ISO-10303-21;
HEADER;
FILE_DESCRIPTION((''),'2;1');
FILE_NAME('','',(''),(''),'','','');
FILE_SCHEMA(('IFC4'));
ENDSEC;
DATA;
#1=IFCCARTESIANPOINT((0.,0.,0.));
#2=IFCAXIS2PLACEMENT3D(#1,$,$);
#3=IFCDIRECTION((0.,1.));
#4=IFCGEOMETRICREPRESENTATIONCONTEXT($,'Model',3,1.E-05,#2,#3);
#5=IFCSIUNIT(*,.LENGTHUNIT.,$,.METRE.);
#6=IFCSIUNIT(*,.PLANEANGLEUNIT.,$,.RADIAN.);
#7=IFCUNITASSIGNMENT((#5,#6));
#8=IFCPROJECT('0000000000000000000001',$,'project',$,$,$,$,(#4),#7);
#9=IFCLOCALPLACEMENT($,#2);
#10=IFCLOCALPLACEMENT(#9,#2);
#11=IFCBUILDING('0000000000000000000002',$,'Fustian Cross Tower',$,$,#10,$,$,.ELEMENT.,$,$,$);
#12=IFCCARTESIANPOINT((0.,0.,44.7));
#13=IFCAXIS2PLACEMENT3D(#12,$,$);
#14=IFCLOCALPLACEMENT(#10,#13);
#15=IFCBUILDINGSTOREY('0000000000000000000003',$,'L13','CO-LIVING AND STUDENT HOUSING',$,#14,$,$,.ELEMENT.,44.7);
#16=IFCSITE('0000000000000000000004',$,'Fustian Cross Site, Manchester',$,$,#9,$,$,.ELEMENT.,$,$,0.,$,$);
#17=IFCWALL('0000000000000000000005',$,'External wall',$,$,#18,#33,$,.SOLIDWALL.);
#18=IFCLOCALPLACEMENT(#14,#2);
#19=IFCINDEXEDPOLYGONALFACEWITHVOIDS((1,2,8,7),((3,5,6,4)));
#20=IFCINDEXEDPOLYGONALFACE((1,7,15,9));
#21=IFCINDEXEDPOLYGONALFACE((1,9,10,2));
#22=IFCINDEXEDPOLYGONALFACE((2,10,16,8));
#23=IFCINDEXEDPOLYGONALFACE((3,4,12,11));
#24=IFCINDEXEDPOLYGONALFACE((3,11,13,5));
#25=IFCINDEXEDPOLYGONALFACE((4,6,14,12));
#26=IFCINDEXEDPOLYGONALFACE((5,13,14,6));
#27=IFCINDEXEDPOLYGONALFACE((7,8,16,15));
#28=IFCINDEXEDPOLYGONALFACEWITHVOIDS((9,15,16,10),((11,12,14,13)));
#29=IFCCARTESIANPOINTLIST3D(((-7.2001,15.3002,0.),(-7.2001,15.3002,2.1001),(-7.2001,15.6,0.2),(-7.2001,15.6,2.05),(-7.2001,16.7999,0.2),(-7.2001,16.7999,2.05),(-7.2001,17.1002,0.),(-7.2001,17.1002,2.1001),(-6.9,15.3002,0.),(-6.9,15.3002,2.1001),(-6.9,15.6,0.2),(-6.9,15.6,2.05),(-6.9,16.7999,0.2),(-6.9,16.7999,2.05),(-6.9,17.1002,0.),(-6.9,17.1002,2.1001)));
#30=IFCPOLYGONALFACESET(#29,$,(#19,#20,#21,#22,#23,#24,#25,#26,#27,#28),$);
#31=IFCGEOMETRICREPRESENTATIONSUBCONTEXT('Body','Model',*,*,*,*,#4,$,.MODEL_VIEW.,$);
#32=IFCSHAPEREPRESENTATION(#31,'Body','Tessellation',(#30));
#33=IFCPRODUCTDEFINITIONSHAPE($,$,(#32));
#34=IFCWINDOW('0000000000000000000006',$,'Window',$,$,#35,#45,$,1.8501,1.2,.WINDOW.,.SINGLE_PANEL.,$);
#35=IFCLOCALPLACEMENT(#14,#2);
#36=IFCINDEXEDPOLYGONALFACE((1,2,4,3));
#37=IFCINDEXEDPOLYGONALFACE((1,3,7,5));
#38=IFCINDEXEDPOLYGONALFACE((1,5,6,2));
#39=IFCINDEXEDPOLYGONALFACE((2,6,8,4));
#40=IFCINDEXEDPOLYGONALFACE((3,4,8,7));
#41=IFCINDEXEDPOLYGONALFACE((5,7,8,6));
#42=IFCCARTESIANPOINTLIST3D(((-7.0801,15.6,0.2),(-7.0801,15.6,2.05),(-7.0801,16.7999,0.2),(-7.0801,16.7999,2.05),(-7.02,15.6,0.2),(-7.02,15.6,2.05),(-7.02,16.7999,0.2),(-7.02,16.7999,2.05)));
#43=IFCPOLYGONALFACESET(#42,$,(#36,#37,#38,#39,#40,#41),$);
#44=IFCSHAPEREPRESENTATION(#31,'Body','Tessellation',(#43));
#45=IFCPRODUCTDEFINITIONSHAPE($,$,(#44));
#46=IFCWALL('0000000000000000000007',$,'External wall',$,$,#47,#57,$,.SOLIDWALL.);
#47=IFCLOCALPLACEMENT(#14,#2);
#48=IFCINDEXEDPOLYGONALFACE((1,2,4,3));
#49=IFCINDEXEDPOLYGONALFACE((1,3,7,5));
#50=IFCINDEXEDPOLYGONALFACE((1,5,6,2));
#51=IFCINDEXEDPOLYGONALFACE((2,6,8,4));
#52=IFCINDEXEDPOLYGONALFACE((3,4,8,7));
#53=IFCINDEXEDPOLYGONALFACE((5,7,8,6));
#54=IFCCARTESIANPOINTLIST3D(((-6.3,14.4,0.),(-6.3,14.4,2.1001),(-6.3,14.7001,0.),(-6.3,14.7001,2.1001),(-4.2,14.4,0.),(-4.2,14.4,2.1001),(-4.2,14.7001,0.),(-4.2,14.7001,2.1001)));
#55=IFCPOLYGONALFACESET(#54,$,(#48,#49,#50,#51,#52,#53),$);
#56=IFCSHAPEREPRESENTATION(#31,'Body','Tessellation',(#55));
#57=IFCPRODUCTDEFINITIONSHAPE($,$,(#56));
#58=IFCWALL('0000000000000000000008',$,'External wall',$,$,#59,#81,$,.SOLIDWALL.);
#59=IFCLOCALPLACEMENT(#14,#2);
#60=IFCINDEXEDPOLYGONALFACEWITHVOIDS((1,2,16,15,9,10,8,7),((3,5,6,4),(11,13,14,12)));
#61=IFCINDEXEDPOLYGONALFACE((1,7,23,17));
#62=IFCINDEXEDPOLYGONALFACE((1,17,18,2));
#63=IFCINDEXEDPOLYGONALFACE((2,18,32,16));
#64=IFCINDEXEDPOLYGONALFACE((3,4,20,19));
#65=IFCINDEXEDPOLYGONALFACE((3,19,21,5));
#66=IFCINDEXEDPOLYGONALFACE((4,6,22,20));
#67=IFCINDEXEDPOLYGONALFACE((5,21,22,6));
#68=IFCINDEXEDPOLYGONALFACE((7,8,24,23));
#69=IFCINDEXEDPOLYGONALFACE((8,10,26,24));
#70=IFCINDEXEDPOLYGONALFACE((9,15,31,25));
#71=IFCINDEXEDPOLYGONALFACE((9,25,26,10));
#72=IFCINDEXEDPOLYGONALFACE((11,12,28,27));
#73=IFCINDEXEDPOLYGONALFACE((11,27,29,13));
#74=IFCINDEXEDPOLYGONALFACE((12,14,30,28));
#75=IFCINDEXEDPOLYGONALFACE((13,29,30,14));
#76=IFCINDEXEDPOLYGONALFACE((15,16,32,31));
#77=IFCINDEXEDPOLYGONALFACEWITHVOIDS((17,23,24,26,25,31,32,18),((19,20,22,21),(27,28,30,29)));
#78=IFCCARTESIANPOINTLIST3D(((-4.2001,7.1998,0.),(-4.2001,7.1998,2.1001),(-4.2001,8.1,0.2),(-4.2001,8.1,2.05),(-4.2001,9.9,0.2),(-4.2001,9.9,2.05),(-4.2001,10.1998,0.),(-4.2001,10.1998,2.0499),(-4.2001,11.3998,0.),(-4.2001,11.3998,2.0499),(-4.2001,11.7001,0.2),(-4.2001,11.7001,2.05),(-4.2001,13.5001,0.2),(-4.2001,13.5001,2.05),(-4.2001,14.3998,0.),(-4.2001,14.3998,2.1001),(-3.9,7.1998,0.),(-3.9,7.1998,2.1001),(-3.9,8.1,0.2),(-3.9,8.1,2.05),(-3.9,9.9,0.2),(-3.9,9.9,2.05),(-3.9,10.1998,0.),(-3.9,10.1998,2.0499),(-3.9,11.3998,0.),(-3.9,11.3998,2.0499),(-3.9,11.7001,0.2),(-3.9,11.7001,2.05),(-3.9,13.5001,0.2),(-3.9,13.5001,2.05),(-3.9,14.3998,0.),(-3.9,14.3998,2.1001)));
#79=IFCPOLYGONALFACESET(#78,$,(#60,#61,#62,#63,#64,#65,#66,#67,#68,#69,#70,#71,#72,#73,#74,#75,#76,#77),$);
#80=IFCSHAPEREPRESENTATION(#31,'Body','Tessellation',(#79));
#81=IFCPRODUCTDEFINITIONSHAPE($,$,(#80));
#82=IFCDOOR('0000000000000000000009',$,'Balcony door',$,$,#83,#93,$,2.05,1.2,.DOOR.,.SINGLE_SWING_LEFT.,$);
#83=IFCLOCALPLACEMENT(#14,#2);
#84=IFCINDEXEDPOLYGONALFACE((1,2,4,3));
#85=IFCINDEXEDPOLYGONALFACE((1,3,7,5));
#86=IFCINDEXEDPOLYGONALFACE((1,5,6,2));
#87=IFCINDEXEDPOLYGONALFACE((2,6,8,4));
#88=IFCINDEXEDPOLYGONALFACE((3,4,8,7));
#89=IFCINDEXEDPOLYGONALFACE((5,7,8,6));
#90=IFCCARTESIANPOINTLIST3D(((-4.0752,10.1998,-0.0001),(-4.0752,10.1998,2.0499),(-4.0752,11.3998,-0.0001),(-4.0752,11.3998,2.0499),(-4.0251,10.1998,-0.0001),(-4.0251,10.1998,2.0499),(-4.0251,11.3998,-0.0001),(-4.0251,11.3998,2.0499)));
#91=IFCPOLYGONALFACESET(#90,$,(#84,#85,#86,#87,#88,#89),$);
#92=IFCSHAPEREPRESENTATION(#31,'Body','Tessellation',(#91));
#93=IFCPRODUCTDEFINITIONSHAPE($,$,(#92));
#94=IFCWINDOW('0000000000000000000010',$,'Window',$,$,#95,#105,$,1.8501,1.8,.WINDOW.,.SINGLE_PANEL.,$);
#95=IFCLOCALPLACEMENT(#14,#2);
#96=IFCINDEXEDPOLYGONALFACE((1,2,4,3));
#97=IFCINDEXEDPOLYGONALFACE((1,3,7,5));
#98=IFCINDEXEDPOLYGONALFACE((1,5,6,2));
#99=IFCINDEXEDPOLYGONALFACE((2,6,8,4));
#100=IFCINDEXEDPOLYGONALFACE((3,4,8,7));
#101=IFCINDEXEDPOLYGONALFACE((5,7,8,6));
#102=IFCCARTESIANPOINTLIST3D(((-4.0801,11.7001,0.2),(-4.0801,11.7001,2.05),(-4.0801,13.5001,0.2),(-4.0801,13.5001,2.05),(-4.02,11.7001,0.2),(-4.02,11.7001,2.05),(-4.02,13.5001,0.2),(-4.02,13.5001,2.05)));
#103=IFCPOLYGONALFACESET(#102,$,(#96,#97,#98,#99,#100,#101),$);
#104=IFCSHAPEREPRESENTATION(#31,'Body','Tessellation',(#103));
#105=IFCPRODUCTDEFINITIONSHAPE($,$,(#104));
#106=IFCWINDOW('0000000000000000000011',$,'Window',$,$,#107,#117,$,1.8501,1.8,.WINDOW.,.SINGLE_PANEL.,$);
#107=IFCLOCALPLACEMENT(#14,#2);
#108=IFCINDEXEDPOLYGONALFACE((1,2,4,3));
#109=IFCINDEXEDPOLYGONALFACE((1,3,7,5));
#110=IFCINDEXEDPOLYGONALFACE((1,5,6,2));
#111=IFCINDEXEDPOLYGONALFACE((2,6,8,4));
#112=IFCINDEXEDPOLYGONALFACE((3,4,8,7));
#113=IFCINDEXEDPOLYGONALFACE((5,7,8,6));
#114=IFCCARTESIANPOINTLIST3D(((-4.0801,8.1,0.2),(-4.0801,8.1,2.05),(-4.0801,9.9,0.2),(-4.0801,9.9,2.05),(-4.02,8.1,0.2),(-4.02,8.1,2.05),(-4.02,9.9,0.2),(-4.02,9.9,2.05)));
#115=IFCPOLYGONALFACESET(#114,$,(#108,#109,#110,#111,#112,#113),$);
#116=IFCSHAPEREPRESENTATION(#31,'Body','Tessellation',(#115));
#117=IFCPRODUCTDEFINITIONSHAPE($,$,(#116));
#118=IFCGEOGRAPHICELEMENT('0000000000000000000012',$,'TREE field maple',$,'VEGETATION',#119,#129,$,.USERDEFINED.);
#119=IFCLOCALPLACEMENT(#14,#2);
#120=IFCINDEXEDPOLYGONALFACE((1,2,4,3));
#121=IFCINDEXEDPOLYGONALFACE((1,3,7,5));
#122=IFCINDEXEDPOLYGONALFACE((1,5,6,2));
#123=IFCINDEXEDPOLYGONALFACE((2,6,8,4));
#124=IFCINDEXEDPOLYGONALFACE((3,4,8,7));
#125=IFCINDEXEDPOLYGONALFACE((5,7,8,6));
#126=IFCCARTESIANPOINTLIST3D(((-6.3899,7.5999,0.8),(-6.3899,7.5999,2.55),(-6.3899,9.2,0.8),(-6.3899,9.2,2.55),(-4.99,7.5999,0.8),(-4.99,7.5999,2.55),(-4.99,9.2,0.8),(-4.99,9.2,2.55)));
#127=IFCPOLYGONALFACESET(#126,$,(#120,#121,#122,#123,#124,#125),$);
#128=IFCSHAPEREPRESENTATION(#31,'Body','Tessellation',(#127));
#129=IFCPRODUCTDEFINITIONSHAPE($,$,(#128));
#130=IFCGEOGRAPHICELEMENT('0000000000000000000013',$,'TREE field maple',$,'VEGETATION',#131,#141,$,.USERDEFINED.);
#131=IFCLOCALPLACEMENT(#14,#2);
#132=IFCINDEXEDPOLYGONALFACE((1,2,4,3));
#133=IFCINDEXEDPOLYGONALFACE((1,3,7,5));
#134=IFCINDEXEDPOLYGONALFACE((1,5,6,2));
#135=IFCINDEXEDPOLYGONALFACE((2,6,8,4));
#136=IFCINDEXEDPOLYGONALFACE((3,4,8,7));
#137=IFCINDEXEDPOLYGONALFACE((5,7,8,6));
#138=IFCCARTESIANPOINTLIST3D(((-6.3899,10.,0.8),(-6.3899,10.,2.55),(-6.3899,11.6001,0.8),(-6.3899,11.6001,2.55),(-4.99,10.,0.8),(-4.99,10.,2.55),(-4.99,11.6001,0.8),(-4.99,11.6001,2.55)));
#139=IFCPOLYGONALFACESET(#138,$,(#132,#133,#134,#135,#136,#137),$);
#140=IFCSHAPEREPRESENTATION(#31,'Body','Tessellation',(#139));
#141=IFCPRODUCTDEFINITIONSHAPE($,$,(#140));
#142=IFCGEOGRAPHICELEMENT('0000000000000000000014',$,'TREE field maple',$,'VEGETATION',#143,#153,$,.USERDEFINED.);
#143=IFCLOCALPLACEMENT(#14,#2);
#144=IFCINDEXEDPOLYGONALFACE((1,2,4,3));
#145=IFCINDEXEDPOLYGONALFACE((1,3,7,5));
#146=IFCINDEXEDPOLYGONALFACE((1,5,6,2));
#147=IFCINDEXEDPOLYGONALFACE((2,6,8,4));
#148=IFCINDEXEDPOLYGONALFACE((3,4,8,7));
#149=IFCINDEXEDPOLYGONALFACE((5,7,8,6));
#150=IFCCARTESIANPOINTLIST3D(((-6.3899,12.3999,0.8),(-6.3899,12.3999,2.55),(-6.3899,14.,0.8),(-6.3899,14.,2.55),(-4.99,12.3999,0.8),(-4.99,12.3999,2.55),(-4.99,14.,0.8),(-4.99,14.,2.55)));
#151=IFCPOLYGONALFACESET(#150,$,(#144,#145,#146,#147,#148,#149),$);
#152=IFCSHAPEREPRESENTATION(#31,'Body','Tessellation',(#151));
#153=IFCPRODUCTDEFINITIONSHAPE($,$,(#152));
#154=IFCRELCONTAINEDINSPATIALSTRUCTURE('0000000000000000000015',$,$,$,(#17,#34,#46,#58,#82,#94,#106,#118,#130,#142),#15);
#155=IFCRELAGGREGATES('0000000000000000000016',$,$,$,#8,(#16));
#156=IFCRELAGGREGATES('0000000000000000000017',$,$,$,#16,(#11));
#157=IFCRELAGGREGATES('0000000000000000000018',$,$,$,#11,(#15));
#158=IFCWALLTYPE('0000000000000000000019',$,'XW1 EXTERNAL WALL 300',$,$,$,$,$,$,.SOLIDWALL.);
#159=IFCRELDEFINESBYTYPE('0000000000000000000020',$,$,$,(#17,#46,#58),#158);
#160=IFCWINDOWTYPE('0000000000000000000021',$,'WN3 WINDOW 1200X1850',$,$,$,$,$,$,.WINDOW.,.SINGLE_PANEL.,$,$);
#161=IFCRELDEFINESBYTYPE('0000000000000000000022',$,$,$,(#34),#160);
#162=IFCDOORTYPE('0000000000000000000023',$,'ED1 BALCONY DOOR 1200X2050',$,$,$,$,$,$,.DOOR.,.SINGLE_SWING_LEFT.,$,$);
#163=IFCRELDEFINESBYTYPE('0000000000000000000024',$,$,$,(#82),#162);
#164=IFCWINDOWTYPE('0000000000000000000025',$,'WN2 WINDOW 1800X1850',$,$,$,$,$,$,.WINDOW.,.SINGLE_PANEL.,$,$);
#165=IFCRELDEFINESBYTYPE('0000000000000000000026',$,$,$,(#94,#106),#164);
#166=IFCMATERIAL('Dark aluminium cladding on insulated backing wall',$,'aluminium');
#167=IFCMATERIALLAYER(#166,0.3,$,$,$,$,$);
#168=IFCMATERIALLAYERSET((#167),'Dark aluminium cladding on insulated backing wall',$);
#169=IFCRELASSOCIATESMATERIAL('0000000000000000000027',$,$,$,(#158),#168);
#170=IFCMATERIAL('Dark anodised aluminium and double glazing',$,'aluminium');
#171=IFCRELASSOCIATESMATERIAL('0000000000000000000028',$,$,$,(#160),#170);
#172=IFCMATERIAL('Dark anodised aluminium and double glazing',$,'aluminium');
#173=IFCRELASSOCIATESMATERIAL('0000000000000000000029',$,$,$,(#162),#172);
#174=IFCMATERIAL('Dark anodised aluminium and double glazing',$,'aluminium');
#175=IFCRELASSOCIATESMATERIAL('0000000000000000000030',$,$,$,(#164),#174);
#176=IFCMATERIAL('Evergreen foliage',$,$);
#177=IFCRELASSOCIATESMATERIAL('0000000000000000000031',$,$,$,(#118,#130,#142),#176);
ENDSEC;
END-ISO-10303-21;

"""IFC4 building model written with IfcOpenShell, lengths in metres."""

from ifc_helpers import new_model, si_unit, direction, frame, frame_2d, origin, origin_2d, place, context, subcontext, project, spatial, rectangle, extrude, material, layer, layer_set, type_object, element, fill, save


model = new_model("IFC4")

# Units and contexts
model_context = context("Model", 3, precision=1e-05, world=origin(), true_north=direction((0.0, 1.0)))
body_context = subcontext(model_context, "Body", "Model", "MODEL_VIEW")
ifc_project = project(units=[si_unit("LENGTHUNIT", "METRE"), si_unit("PLANEANGLEUNIT", "RADIAN")], contexts=[model_context])

# Site, building, storey
site_placement = place(None, origin())
site = spatial("IfcSite", under=ifc_project, at=site_placement, Name="Fustian Cross Site, Manchester", CompositionType="ELEMENT", RefElevation=0.0)
building_placement = place(site_placement, origin())
building = spatial("IfcBuilding", under=site, at=building_placement, Name="Fustian Cross Tower", CompositionType="ELEMENT")
storey_placement = place(building_placement, frame((0.0, 0.0, 44.7)))
storey = spatial("IfcBuildingStorey", under=building, at=storey_placement, Name="L13", Description="CO-LIVING AND STUDENT HOUSING", CompositionType="ELEMENT", Elevation=44.7)

# Wall, opening, window
ifc_material_1 = material(Name="Dark aluminium cladding on insulated backing wall", Category="aluminium")
ifc_layer_1 = layer(ifc_material_1, 0.3)
ifc_layer_set_1 = layer_set([ifc_layer_1], Name="Dark aluminium cladding on insulated backing wall")
wall_type_1 = type_object("IfcWallType", Name="XW1 EXTERNAL WALL 300", PredefinedType="SOLIDWALL", material=ifc_layer_set_1)
wall_1_placement = place(storey_placement, frame((-7.05, 17.1001, 0.0), z_axis=(0.0, 0.0, 1.0), x_axis=(0.0, -1.0, 0.0)))
wall_1 = element("IfcWall", 1, at=wall_1_placement, inside=storey, type_object=wall_type_1, Name="External wall", PredefinedType="SOLIDWALL", context=body_context, shape_type="SweptSolid", body=[
    extrude(rectangle(XDim=1.8, YDim=0.3, at=frame_2d((0.8999, 0.0))), origin(), (0.0, 0.0, 1.0), 2.1001),
])
opening_1_placement = place(wall_1_placement, frame((0.3, 0.0, 0.2)))
opening_1 = element("IfcOpeningElement", 2, at=opening_1_placement, cuts=wall_1, PredefinedType="OPENING", context=body_context, shape_type="SweptSolid", body=[
    extrude(rectangle(XDim=1.2, YDim=1.8501, at=frame_2d((0.6001, 0.925))), frame((0.0, 0.1599, 0.0), z_axis=(0.0, -1.0, 0.0), x_axis=(1.0, 0.0, 0.0)), (0.0, 0.0, 1.0), 0.3201),
])
ifc_material_2 = material(Name="Dark anodised aluminium and double glazing", Category="aluminium")
window_type_1 = type_object("IfcWindowType", Name="WN3 WINDOW 1200X1850", PartitioningType="SINGLE_PANEL", PredefinedType="WINDOW", material=ifc_material_2)
window_1_placement = place(opening_1_placement, origin())
window_1 = element("IfcWindow", 3, at=window_1_placement, inside=storey, type_object=window_type_1, Name="Window", OverallHeight=1.8501, OverallWidth=1.2, PartitioningType="SINGLE_PANEL", PredefinedType="WINDOW", context=body_context, shape_type="SweptSolid", body=[
    extrude(rectangle(XDim=1.2, YDim=1.8501, at=frame_2d((0.6001, 0.925))), frame((0.0, 0.03, 0.0), z_axis=(0.0, -1.0, 0.0), x_axis=(1.0, 0.0, 0.0)), (0.0, 0.0, 1.0), 0.0601),
])
fill(opening_1, window_1)

# Wall
wall_2_placement = place(storey_placement, frame((-6.3, 14.55, 0.0), z_axis=(0.0, 0.0, 1.0), x_axis=(1.0, 0.0, 0.0)))
element("IfcWall", 4, at=wall_2_placement, inside=storey, type_object=wall_type_1, Name="External wall", PredefinedType="SOLIDWALL", context=body_context, shape_type="SweptSolid", body=[
    extrude(rectangle(XDim=2.1001, YDim=0.3, at=frame_2d((1.05, 0.0))), origin(), (0.0, 0.0, 1.0), 2.1001),
])

# Wall, openings, door, windows
wall_3_placement = place(storey_placement, frame((-4.05, 14.3999, 0.0), z_axis=(0.0, 0.0, 1.0), x_axis=(0.0, -1.0, 0.0)))
wall_3 = element("IfcWall", 5, at=wall_3_placement, inside=storey, type_object=wall_type_1, Name="External wall", PredefinedType="SOLIDWALL", context=body_context, shape_type="SweptSolid", body=[
    extrude(rectangle(XDim=7.2, YDim=0.3, at=frame_2d((3.6001, 0.0))), origin(), (0.0, 0.0, 1.0), 2.1001),
])
opening_2_placement = place(wall_3_placement, frame((3.0, 0.0, 0.0)))
opening_2 = element("IfcOpeningElement", 6, at=opening_2_placement, cuts=wall_3, PredefinedType="OPENING", context=body_context, shape_type="SweptSolid", body=[
    extrude(rectangle(XDim=1.2, YDim=2.05, at=frame_2d((0.6001, 1.0249))), frame((0.0, 0.1599, 0.0), z_axis=(0.0, -1.0, 0.0), x_axis=(1.0, 0.0, 0.0)), (0.0, 0.0, 1.0), 0.3201),
])
opening_3_placement = place(wall_3_placement, frame((0.8999, 0.0, 0.2)))
opening_3 = element("IfcOpeningElement", 7, at=opening_3_placement, cuts=wall_3, PredefinedType="OPENING", context=body_context, shape_type="SweptSolid", body=[
    extrude(rectangle(XDim=1.8, YDim=1.8501, at=frame_2d((0.8999, 0.925))), frame((0.0, 0.1599, 0.0), z_axis=(0.0, -1.0, 0.0), x_axis=(1.0, 0.0, 0.0)), (0.0, 0.0, 1.0), 0.3201),
])
opening_4_placement = place(wall_3_placement, frame((4.5, 0.0, 0.2)))
opening_4 = element("IfcOpeningElement", 8, at=opening_4_placement, cuts=wall_3, PredefinedType="OPENING", context=body_context, shape_type="SweptSolid", body=[
    extrude(rectangle(XDim=1.8, YDim=1.8501, at=frame_2d((0.8999, 0.925))), frame((0.0, 0.1599, 0.0), z_axis=(0.0, -1.0, 0.0), x_axis=(1.0, 0.0, 0.0)), (0.0, 0.0, 1.0), 0.3201),
])
ifc_material_3 = material(Name="Dark anodised aluminium and double glazing", Category="aluminium")
door_type = type_object("IfcDoorType", Name="ED1 BALCONY DOOR 1200X2050", OperationType="SINGLE_SWING_LEFT", PredefinedType="DOOR", material=ifc_material_3)
door_placement = place(opening_2_placement, origin())
door = element("IfcDoor", 9, at=door_placement, inside=storey, type_object=door_type, Name="Balcony door", OperationType="SINGLE_SWING_LEFT", OverallHeight=2.05, OverallWidth=1.2, PredefinedType="DOOR", context=body_context, shape_type="SweptSolid", body=[
    extrude(rectangle(XDim=1.2, YDim=2.05, at=frame_2d((0.6001, 1.0249))), frame((0.0, 0.0249, 0.0), z_axis=(0.0, -1.0, 0.0), x_axis=(1.0, 0.0, 0.0)), (0.0, 0.0, 1.0), 0.05),
])
fill(opening_2, door)
ifc_material_4 = material(Name="Dark anodised aluminium and double glazing", Category="aluminium")
window_type_2 = type_object("IfcWindowType", Name="WN2 WINDOW 1800X1850", PartitioningType="SINGLE_PANEL", PredefinedType="WINDOW", material=ifc_material_4)
window_2_placement = place(opening_3_placement, origin())
window_2 = element("IfcWindow", 10, at=window_2_placement, inside=storey, type_object=window_type_2, Name="Window", OverallHeight=1.8501, OverallWidth=1.8, PartitioningType="SINGLE_PANEL", PredefinedType="WINDOW", context=body_context, shape_type="SweptSolid", body=[
    extrude(rectangle(XDim=1.8, YDim=1.8501, at=frame_2d((0.8999, 0.925))), frame((0.0, 0.03, 0.0), z_axis=(0.0, -1.0, 0.0), x_axis=(1.0, 0.0, 0.0)), (0.0, 0.0, 1.0), 0.0601),
])
fill(opening_3, window_2)
window_3_placement = place(opening_4_placement, origin())
window_3 = element("IfcWindow", 11, at=window_3_placement, inside=storey, type_object=window_type_2, Name="Window", OverallHeight=1.8501, OverallWidth=1.8, PartitioningType="SINGLE_PANEL", PredefinedType="WINDOW", context=body_context, shape_type="SweptSolid", body=[
    extrude(rectangle(XDim=1.8, YDim=1.8501, at=frame_2d((0.8999, 0.925))), frame((0.0, 0.03, 0.0), z_axis=(0.0, -1.0, 0.0), x_axis=(1.0, 0.0, 0.0)), (0.0, 0.0, 1.0), 0.0601),
])
fill(opening_4, window_3)

# Geographic elements
ifc_material_5 = material(Name="Evergreen foliage")
for number, where, z_axis, x_axis, name in (
    (12, (-5.6899, 8.3999, 0.8), (0.0, 0.0, 1.0), (1.0, 0.0, 0.0), "TREE field maple"),
    (13, (-5.6899, 10.8, 0.8), (0.0, 0.0, 1.0), (1.0, 0.0, 0.0), "TREE field maple"),
    (14, (-5.6899, 13.2, 0.8), (0.0, 0.0, 1.0), (1.0, 0.0, 0.0), "TREE field maple"),
):
    element("IfcGeographicElement", number, at=place(storey_placement, frame(where, z_axis=z_axis, x_axis=x_axis)), inside=storey, material=ifc_material_5, Name=name, ObjectType="VEGETATION", PredefinedType="USERDEFINED", context=body_context, shape_type="SweptSolid", body=[
        extrude(rectangle(XDim=1.3999, YDim=1.6001, at=origin_2d()), origin(), (0.0, 0.0, 1.0), 1.75),
    ])

save(model, "model.ifc")
